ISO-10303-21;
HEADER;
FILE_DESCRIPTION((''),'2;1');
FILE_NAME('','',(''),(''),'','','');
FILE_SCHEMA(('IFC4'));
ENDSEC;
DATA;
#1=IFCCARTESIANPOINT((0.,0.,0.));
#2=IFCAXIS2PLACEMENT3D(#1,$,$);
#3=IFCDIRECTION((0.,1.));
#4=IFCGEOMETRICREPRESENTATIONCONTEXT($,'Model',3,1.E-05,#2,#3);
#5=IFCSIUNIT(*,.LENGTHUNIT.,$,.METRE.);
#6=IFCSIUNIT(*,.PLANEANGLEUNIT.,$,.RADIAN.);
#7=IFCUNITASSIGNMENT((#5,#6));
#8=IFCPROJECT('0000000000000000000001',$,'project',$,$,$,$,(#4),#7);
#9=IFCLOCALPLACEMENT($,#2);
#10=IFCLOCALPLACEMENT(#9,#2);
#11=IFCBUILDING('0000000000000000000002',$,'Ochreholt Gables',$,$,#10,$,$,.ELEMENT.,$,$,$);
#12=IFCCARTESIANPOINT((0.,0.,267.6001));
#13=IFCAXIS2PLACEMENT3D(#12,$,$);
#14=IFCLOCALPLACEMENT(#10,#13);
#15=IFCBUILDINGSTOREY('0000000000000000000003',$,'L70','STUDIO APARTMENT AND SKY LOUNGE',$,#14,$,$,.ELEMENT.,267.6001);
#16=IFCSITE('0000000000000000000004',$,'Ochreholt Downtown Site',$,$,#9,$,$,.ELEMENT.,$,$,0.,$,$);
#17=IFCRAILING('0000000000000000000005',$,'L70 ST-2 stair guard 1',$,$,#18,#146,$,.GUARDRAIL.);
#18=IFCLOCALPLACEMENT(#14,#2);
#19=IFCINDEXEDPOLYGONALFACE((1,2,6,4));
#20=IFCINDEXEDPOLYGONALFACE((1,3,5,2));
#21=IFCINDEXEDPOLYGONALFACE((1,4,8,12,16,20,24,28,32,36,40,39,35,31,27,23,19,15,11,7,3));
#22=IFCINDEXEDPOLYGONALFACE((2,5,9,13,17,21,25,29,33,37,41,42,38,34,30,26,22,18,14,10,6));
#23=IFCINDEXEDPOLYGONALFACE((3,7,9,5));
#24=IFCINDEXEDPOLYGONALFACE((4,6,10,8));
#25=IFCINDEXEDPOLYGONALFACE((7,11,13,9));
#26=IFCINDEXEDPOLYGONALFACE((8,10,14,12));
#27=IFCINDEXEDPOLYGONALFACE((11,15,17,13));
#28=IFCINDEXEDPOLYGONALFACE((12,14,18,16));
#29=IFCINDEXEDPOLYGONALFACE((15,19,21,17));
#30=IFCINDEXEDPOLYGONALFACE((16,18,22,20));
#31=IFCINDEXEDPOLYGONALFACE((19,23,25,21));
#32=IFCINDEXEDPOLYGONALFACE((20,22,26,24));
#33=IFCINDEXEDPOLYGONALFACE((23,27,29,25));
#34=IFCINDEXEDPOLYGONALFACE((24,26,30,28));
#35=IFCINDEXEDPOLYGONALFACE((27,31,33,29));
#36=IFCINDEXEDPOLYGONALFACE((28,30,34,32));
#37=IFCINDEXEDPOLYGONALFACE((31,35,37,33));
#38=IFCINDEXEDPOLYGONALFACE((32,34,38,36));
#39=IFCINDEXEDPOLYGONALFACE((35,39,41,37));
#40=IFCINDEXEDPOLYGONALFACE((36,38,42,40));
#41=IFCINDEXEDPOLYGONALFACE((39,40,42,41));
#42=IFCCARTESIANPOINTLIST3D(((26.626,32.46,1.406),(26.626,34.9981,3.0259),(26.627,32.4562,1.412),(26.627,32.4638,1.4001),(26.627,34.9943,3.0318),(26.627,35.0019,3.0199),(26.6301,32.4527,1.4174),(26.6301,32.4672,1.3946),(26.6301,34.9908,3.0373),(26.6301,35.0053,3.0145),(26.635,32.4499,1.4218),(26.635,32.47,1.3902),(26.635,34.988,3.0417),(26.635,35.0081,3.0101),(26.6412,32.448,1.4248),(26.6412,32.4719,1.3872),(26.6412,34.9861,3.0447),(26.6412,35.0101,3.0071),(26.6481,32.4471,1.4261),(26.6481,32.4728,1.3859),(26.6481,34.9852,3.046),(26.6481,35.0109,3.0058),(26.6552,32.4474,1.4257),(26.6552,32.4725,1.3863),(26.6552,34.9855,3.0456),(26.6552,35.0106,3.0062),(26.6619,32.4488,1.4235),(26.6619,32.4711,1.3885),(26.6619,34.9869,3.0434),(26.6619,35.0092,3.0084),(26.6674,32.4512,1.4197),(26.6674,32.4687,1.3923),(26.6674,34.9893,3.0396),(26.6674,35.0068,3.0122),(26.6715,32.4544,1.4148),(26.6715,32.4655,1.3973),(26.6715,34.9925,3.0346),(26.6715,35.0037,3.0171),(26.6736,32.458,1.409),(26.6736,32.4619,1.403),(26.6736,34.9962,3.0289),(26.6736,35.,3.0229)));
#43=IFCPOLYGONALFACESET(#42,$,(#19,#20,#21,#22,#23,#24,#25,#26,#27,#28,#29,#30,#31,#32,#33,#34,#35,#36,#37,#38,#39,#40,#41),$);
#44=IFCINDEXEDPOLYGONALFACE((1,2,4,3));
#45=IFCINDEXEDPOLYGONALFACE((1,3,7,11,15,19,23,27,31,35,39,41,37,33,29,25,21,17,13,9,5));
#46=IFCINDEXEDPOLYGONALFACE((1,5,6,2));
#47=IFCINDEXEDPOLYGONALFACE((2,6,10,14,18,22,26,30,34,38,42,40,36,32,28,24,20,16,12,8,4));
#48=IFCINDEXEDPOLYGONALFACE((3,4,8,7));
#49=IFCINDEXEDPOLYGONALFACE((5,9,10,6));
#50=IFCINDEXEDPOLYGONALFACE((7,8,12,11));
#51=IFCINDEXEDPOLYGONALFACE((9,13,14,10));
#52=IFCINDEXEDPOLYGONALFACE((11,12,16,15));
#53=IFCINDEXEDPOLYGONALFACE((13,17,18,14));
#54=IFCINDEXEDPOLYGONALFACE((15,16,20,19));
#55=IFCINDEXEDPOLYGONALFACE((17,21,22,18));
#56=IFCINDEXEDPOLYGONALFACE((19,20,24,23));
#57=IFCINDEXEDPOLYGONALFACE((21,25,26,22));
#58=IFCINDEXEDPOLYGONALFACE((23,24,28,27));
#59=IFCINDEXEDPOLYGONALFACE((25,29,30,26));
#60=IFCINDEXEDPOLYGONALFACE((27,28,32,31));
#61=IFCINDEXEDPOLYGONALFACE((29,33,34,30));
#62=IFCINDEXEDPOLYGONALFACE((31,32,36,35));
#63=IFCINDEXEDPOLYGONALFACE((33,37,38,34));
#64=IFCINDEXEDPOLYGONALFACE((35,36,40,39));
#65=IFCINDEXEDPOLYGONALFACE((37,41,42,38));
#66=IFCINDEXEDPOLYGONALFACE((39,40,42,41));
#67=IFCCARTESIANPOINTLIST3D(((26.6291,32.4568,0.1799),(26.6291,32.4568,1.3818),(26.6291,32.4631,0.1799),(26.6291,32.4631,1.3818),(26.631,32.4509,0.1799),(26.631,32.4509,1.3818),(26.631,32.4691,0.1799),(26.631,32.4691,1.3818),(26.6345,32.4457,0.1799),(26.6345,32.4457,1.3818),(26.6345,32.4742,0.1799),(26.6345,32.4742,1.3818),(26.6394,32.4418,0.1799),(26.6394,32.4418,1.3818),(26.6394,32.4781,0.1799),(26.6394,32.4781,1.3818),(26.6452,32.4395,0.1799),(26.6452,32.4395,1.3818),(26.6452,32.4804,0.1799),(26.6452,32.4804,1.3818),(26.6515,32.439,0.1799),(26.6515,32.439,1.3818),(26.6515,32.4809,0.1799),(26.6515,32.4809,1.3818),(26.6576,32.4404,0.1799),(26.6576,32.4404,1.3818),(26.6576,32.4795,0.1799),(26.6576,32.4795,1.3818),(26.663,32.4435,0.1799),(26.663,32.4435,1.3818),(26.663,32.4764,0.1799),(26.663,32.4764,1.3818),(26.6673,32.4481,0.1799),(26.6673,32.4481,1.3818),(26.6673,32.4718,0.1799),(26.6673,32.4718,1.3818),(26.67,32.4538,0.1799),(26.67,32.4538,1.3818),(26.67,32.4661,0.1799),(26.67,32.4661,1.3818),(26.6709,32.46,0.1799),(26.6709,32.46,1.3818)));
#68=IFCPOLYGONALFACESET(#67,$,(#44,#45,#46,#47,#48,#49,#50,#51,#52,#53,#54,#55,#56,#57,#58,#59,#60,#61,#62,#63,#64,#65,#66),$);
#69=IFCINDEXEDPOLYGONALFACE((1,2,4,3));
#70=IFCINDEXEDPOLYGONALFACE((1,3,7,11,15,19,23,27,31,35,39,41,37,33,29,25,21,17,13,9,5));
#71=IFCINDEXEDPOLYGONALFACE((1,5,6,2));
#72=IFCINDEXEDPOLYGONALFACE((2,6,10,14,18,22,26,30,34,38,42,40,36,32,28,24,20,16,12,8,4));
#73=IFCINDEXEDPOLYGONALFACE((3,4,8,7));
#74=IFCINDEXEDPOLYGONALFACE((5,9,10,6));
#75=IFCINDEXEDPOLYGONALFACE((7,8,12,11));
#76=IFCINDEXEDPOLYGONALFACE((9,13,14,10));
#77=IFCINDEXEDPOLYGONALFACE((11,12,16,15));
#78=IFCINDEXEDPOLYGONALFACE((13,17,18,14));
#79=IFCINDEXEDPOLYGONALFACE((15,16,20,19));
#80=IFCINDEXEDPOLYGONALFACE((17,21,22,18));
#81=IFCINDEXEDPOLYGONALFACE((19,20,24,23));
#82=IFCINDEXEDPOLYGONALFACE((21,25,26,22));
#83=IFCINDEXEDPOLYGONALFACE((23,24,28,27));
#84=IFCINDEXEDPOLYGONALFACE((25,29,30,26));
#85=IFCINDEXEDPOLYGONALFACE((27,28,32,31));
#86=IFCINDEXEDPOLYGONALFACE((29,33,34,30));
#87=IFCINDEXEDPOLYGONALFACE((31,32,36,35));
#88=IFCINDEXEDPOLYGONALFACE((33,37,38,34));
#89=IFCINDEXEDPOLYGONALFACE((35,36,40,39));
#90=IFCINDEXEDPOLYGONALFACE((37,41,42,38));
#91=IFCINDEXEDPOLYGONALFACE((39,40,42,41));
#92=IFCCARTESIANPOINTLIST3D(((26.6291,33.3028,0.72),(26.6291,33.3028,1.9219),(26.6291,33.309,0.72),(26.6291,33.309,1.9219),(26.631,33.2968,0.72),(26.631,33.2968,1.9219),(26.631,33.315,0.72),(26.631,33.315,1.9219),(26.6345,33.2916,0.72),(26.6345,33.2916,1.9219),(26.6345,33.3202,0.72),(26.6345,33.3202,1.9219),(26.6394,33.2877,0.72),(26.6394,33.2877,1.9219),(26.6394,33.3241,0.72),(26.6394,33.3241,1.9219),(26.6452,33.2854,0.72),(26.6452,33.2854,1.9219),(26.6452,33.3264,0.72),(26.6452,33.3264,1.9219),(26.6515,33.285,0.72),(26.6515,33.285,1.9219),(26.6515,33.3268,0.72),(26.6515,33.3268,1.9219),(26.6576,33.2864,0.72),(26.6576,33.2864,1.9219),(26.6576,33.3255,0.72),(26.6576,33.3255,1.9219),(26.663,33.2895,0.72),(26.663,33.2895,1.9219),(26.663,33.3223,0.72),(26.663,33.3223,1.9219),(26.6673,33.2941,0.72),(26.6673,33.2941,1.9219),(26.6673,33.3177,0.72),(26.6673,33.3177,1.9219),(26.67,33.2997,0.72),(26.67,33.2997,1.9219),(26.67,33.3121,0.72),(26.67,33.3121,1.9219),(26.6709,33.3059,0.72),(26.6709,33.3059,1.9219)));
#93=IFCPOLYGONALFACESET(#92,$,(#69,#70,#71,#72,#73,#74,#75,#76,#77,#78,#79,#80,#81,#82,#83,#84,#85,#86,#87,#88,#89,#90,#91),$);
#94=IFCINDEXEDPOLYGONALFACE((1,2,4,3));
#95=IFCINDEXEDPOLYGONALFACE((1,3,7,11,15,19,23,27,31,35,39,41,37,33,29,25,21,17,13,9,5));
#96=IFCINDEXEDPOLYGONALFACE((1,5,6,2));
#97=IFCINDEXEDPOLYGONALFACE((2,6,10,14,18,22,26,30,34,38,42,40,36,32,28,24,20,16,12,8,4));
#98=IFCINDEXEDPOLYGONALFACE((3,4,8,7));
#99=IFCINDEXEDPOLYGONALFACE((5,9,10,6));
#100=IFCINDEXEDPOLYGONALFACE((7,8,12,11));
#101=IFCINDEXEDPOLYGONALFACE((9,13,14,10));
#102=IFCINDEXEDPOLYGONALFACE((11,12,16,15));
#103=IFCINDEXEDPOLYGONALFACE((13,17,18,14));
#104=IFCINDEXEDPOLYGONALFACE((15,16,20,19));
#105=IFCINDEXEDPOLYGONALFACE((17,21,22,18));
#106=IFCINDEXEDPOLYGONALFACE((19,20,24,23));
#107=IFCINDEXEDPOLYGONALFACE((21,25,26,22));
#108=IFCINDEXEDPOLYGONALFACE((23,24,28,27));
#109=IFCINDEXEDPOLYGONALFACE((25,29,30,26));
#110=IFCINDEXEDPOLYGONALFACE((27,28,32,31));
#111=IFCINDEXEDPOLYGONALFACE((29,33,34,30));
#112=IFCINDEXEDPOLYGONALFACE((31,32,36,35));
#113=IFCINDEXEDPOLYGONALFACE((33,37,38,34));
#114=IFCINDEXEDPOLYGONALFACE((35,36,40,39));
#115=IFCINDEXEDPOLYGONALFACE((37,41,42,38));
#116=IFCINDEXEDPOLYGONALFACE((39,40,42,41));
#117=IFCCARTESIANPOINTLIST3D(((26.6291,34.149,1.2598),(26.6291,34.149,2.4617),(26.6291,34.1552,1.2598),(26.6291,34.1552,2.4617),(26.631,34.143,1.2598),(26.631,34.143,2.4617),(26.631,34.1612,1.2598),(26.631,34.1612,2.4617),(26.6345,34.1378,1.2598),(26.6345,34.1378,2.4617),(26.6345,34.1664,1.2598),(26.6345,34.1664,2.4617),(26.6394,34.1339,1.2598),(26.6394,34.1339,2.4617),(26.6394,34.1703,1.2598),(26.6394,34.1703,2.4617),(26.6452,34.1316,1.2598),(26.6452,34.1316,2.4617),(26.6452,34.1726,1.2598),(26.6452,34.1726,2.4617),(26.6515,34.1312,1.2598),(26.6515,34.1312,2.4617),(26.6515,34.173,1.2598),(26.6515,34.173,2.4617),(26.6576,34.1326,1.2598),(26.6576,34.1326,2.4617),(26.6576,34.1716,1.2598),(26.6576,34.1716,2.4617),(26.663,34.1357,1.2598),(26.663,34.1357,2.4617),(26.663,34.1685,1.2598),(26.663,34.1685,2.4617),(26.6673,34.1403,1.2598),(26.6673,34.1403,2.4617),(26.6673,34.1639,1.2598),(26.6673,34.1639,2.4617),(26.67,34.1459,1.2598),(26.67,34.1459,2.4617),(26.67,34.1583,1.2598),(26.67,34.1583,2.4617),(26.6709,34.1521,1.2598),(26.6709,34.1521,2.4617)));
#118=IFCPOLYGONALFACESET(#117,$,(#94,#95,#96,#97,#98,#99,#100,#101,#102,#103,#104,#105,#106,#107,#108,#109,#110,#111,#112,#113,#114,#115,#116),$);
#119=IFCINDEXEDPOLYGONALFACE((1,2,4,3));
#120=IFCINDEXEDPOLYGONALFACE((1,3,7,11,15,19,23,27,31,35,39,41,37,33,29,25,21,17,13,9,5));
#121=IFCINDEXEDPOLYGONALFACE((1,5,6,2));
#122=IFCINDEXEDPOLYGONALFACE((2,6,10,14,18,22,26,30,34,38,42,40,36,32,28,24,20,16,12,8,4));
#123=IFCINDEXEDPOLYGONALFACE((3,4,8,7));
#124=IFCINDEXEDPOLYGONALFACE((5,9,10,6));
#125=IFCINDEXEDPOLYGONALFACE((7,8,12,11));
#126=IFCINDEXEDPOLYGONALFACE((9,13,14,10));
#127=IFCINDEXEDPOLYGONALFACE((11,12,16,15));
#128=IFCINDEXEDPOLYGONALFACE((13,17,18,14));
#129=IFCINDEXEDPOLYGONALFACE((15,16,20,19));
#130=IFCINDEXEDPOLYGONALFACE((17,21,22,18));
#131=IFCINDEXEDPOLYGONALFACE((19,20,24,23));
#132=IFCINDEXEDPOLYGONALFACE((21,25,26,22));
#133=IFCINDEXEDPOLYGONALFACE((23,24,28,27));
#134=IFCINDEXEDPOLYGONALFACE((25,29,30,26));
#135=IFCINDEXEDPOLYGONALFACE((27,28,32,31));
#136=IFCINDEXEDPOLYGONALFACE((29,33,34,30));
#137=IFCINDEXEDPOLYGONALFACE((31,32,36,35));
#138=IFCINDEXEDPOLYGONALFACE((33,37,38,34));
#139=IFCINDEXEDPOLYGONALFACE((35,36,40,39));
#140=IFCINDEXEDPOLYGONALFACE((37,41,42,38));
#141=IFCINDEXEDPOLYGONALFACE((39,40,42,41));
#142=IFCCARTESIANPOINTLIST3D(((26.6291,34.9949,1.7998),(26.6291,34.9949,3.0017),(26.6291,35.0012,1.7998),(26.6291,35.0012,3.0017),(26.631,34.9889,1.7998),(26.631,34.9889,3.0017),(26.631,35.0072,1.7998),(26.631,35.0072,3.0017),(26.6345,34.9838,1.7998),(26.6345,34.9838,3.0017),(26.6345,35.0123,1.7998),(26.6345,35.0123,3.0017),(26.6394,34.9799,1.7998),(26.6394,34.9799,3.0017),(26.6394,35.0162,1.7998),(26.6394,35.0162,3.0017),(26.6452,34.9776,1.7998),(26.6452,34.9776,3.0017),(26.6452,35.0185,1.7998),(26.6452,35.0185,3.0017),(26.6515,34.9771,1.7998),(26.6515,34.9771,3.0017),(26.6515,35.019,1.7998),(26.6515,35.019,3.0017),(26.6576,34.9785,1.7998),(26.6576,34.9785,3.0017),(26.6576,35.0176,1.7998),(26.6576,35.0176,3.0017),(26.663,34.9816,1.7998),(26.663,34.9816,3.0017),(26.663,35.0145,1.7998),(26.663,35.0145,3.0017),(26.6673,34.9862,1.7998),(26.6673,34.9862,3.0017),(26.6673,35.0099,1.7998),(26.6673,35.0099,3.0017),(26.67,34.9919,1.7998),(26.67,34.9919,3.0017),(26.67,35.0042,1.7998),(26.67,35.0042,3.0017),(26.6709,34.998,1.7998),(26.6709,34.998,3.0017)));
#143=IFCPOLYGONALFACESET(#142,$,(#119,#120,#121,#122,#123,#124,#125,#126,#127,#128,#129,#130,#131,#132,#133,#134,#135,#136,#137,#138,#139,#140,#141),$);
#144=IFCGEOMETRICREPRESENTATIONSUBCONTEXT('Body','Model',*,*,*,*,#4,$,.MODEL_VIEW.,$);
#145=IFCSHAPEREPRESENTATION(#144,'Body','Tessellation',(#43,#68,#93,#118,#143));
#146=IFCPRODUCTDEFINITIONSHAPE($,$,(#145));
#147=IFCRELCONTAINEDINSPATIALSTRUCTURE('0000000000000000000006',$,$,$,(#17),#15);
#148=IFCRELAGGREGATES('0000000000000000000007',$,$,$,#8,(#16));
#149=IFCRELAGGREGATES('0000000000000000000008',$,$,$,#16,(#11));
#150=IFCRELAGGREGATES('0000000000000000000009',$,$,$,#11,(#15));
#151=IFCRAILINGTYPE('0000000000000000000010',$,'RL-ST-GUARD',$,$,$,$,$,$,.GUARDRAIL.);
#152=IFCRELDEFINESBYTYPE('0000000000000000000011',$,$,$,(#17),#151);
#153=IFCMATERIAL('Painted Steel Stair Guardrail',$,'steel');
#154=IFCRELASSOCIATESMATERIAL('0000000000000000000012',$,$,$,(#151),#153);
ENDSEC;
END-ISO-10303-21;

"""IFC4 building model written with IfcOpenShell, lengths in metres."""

from ifc_helpers import new_model, si_unit, direction, frame, origin, origin_2d, place, context, subcontext, project, spatial, circle, extrude, material, type_object, element, save


model = new_model("IFC4")

# Units and contexts
model_context = context("Model", 3, precision=1e-05, world=origin(), true_north=direction((0.0, 1.0)))
body_context = subcontext(model_context, "Body", "Model", "MODEL_VIEW")
ifc_project = project(units=[si_unit("LENGTHUNIT", "METRE"), si_unit("PLANEANGLEUNIT", "RADIAN")], contexts=[model_context])

# Site, building, storey
site_placement = place(None, origin())
site = spatial("IfcSite", under=ifc_project, at=site_placement, Name="Ochreholt Downtown Site", CompositionType="ELEMENT", RefElevation=0.0)
building_placement = place(site_placement, origin())
building = spatial("IfcBuilding", under=site, at=building_placement, Name="Ochreholt Gables", CompositionType="ELEMENT")
storey_placement = place(building_placement, frame((0.0, 0.0, 267.6001)))
storey = spatial("IfcBuildingStorey", under=building, at=storey_placement, Name="L70", Description="STUDIO APARTMENT AND SKY LOUNGE", CompositionType="ELEMENT", Elevation=267.6001)

# Railing
ifc_material_1 = material(Name="Painted Steel Stair Guardrail", Category="steel")
railing_type_1 = type_object("IfcRailingType", Name="RL-ST-GUARD", PredefinedType="GUARDRAIL", material=ifc_material_1)
railing_1_placement = place(storey_placement, frame((26.6499, 32.46, 0.1799)))
element("IfcRailing", 1, at=railing_1_placement, inside=storey, type_object=railing_type_1, Name="L70 ST-2 stair guard 1", PredefinedType="GUARDRAIL", context=body_context, shape_type="SweptSolid", body=[
    extrude(circle(Radius=0.0239, at=origin_2d()), frame((0.0, 0.0, 1.2261), z_axis=(0.0, 0.84295, 0.537993), x_axis=(-1.0, 0.0, 0.0)), (0.0, 0.0, 1.0), 3.011),
    extrude(circle(Radius=0.021, at=origin_2d()), origin(), (0.0, 0.0, 1.0), 1.2019),
    extrude(circle(Radius=0.021, at=origin_2d()), frame((0.0, 0.8459, 0.54)), (0.0, 0.0, 1.0), 1.2019),
    extrude(circle(Radius=0.021, at=origin_2d()), frame((0.0, 1.6921, 1.0798)), (0.0, 0.0, 1.0), 1.2019),
    extrude(circle(Radius=0.021, at=origin_2d()), frame((0.0, 2.5381, 1.6199)), (0.0, 0.0, 1.0), 1.2019),
])

save(model, "model.ifc")
